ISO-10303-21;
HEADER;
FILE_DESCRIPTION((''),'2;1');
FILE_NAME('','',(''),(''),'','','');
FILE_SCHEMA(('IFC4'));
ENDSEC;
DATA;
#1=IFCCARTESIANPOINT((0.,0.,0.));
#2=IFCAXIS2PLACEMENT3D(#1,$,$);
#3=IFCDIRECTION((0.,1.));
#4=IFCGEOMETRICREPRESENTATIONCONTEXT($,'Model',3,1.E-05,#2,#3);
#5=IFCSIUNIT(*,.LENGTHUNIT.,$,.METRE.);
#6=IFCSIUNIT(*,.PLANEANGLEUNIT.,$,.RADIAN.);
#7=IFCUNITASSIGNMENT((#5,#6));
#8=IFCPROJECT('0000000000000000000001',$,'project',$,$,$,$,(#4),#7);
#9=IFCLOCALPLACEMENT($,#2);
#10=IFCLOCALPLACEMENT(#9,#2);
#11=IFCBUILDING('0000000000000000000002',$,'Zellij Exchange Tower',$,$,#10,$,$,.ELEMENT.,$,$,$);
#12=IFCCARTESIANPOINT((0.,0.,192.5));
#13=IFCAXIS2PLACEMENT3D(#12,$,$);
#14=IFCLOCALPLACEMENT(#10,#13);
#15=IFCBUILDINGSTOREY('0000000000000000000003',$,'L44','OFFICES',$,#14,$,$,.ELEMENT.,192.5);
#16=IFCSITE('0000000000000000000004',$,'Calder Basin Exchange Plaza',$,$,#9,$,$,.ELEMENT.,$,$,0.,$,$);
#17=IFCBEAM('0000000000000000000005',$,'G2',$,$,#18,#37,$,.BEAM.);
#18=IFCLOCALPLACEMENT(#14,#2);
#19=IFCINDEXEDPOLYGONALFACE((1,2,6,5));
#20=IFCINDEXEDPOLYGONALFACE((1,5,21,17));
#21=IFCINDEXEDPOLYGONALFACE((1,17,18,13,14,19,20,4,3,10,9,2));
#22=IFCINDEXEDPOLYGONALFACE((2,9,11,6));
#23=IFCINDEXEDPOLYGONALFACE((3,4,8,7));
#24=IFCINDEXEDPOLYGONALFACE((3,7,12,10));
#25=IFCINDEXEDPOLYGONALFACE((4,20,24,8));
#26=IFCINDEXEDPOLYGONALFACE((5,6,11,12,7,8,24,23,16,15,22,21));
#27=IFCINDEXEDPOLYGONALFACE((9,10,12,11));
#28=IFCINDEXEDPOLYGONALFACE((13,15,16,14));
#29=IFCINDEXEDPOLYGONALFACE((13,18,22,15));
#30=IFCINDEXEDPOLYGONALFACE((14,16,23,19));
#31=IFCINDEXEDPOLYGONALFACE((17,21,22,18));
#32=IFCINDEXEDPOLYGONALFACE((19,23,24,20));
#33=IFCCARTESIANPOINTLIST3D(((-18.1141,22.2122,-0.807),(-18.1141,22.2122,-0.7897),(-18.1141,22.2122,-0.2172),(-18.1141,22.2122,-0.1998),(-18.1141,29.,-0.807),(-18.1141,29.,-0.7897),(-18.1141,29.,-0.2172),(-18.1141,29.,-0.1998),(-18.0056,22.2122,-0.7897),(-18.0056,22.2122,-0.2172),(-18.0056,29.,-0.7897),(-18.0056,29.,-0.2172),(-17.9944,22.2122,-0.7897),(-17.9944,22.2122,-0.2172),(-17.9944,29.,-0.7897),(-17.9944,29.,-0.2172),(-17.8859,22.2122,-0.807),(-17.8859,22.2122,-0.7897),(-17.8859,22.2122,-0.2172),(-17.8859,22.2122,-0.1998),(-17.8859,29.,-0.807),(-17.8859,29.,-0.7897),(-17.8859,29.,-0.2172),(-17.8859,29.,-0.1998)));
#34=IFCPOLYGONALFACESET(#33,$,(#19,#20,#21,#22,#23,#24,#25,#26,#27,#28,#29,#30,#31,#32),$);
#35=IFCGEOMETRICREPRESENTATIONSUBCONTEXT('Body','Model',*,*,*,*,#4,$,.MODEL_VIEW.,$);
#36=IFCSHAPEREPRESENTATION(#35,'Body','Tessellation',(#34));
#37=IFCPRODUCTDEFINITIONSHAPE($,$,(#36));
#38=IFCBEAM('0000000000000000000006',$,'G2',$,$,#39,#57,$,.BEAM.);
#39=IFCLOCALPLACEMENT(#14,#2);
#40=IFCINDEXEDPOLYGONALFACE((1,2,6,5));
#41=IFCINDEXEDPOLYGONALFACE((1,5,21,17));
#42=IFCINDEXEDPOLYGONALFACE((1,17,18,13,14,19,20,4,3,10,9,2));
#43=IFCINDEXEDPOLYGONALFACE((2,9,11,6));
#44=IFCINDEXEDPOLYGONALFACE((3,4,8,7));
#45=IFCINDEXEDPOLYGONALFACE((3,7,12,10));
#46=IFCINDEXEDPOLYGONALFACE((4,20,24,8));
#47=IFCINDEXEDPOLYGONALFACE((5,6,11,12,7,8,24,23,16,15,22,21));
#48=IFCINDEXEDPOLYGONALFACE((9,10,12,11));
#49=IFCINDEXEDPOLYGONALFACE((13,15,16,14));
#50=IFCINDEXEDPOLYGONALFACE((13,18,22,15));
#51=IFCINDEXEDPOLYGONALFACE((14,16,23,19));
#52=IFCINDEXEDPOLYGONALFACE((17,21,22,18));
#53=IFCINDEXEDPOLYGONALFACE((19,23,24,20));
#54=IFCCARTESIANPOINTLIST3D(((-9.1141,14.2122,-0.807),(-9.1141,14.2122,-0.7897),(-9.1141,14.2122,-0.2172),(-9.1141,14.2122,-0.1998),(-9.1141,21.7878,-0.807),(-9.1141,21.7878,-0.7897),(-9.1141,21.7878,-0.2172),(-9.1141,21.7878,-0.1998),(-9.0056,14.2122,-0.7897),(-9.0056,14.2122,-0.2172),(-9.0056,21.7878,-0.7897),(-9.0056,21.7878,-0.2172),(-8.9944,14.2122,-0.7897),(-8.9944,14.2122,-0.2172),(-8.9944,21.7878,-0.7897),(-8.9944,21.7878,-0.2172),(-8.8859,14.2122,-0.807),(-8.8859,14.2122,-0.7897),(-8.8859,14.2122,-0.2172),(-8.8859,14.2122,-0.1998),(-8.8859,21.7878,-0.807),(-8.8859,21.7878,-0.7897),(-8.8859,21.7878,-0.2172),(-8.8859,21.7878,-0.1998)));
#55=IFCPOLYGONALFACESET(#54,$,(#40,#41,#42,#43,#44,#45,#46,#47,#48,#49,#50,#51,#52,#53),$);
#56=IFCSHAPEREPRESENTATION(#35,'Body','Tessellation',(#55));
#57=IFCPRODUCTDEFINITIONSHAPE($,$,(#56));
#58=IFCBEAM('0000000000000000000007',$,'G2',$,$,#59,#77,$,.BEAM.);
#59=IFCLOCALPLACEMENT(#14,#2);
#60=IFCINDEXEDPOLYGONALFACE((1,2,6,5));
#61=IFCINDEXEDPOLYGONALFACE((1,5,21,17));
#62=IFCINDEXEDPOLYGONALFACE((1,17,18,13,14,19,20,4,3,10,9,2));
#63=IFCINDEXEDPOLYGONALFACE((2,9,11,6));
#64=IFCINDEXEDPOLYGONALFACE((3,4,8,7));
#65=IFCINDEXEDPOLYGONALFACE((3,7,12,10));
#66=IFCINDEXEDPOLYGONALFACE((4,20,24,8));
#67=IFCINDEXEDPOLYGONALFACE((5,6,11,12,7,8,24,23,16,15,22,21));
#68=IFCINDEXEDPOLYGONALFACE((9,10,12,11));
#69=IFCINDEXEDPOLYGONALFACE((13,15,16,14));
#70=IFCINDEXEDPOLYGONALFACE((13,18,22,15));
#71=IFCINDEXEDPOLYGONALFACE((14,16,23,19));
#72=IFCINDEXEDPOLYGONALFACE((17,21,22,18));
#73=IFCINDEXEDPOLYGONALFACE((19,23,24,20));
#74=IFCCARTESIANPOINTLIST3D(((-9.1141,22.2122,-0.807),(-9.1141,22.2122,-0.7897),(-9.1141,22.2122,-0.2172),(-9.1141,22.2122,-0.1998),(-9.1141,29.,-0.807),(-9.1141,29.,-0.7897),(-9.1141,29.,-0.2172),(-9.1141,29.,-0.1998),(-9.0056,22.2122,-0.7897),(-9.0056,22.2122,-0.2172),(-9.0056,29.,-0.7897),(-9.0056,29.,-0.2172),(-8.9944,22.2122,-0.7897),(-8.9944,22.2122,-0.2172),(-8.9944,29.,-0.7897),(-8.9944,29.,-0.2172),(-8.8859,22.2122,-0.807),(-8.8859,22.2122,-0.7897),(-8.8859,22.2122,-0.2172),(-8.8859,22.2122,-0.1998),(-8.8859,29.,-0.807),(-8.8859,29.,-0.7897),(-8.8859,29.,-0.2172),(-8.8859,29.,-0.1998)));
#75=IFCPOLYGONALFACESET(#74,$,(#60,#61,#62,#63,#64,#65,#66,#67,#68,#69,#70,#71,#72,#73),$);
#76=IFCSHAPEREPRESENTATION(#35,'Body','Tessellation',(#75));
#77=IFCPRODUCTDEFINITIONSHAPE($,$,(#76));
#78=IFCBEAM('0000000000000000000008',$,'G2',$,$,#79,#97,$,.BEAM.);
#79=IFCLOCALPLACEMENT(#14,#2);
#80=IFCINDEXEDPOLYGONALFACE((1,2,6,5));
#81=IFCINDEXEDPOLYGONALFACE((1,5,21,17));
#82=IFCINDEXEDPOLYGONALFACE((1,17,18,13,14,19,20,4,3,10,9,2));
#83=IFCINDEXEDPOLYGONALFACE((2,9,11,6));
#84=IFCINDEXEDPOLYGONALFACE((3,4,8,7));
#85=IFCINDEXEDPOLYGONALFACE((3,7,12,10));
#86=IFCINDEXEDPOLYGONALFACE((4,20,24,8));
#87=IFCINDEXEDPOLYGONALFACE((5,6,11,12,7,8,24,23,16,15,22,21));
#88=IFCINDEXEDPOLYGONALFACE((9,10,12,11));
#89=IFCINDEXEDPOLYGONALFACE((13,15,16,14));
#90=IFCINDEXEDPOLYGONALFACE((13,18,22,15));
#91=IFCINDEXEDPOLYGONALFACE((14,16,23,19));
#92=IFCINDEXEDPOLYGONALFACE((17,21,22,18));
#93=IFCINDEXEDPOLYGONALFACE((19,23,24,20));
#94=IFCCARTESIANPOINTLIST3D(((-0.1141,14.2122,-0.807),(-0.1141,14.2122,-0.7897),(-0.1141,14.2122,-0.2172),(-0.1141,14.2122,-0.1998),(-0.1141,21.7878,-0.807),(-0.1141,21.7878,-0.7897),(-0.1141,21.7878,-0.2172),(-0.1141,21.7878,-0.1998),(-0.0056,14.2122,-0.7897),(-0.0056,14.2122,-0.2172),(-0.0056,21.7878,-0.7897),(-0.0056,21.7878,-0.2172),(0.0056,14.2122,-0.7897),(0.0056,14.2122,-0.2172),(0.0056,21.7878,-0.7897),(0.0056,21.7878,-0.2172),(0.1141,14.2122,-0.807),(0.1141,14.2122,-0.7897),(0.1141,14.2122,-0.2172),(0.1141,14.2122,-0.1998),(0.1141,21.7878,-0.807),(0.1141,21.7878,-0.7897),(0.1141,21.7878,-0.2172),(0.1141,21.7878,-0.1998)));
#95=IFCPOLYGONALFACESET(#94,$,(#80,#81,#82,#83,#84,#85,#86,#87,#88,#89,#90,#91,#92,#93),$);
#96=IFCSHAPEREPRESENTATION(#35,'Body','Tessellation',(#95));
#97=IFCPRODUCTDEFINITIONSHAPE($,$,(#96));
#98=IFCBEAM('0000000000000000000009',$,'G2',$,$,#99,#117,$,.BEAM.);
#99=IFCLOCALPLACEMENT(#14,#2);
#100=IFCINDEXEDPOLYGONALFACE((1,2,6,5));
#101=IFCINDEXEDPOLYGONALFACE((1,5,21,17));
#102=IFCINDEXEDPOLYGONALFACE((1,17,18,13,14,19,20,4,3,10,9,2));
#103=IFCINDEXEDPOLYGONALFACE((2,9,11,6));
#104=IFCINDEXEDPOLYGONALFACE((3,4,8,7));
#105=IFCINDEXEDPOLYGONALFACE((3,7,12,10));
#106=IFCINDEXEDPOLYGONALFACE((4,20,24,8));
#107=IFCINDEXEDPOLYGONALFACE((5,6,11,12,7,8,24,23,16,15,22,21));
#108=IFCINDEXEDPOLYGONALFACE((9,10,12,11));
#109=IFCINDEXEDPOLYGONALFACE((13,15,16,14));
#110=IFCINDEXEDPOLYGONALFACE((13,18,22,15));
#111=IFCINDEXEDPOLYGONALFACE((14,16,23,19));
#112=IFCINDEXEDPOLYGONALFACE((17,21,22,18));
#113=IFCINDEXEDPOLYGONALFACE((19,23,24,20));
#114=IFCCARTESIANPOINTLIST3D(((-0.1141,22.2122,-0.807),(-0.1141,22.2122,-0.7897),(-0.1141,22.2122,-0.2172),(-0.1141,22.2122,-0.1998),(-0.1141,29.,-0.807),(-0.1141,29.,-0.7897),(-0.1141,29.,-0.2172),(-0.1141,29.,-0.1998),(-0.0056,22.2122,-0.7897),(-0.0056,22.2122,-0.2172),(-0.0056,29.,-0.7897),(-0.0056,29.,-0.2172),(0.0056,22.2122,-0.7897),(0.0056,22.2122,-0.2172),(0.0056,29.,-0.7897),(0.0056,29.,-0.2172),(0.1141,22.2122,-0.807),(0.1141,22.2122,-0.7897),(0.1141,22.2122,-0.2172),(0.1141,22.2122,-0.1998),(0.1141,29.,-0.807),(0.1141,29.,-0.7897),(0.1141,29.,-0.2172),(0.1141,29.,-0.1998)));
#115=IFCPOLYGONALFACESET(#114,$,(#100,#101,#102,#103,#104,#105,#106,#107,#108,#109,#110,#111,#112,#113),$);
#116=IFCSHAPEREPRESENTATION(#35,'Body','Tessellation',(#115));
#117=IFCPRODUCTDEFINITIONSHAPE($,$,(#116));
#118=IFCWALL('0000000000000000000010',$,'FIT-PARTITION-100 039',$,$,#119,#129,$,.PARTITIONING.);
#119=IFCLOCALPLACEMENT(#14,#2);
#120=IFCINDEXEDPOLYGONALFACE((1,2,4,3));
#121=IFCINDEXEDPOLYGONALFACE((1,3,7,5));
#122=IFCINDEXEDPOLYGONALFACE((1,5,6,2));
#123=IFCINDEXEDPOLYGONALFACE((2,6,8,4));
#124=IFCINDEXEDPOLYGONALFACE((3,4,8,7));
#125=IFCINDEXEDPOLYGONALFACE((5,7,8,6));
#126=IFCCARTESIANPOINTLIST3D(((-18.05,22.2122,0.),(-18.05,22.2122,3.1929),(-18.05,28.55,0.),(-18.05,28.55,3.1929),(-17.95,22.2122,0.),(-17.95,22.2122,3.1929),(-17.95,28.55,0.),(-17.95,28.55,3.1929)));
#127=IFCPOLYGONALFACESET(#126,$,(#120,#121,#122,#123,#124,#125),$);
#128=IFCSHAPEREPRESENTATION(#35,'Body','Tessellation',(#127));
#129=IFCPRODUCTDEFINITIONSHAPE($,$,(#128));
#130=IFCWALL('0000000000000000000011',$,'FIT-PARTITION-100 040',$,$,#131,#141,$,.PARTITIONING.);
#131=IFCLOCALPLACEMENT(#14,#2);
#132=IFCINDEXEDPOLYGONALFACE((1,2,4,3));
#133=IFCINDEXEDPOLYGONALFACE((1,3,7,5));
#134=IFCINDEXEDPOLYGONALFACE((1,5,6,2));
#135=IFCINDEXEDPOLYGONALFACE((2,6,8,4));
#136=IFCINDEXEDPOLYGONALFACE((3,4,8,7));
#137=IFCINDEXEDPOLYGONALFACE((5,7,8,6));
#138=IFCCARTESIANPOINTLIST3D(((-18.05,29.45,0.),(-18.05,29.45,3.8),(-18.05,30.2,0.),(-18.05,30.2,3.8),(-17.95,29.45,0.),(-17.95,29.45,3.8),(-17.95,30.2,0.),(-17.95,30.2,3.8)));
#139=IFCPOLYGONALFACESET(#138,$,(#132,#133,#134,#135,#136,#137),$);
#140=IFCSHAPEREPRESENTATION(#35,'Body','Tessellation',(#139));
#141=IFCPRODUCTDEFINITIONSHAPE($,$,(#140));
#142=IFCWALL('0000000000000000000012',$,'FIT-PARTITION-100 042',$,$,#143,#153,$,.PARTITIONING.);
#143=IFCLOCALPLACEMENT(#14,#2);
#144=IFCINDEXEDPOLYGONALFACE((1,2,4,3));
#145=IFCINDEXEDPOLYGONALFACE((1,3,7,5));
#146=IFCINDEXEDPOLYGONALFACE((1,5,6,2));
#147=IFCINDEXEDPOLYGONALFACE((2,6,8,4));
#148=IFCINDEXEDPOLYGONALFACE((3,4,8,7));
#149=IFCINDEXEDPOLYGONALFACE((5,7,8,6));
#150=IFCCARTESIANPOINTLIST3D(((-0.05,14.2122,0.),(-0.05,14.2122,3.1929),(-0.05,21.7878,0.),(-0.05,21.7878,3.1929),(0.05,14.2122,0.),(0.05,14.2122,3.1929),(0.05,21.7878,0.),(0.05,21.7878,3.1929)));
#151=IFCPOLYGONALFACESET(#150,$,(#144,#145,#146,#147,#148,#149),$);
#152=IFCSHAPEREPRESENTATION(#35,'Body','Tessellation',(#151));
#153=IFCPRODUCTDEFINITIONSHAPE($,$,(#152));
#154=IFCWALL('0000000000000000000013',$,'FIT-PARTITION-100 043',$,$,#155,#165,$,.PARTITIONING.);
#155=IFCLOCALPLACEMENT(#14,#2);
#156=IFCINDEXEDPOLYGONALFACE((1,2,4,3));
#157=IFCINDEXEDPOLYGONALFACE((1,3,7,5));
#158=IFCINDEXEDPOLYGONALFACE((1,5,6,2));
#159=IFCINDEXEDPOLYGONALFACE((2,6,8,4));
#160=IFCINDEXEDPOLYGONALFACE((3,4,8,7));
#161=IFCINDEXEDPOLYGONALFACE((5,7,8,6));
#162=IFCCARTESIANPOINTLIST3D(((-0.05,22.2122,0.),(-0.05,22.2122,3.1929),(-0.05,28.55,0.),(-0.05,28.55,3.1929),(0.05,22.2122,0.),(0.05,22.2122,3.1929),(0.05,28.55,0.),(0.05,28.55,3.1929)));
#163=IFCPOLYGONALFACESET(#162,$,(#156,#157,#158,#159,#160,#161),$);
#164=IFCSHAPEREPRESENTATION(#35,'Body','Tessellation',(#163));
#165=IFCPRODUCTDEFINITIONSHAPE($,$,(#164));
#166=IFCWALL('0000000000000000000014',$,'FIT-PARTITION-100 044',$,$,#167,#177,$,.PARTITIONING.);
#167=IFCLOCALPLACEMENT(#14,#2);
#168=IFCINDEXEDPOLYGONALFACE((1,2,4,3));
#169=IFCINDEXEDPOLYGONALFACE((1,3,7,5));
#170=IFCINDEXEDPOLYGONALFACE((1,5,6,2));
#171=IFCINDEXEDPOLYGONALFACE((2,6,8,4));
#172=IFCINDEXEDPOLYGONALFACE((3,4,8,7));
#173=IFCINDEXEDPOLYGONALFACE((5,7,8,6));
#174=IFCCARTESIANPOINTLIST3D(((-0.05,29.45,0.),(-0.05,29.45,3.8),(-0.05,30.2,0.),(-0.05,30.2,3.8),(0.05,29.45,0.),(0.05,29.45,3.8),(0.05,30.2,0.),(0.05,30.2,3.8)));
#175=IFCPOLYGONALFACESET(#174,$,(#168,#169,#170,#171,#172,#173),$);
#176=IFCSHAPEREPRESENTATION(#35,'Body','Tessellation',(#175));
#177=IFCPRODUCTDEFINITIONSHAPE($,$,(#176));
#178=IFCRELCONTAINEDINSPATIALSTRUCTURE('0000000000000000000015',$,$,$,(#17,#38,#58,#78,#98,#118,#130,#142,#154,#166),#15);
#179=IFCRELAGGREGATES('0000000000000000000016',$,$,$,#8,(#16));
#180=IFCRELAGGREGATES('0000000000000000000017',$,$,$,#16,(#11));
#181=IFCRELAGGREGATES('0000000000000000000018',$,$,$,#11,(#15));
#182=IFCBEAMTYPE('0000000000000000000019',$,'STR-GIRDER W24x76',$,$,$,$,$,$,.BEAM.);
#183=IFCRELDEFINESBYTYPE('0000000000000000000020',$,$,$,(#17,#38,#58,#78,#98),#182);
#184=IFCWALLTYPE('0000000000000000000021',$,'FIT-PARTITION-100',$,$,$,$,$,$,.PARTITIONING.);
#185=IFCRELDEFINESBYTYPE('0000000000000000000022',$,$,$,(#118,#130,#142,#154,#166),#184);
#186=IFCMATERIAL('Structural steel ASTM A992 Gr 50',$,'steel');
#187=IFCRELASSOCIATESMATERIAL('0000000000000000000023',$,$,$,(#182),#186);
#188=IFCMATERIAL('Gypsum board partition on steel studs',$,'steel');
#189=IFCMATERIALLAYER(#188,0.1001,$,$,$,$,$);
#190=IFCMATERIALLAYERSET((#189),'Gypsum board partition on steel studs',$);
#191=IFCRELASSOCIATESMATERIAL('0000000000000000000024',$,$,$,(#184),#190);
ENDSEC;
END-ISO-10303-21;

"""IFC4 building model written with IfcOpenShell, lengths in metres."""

from ifc_helpers import new_model, si_unit, direction, frame, frame_2d, origin, origin_2d, place, context, subcontext, project, spatial, rectangle, i_section, extrude, material, layer, layer_set, material_profile, profile_set, type_object, element, save


model = new_model("IFC4")

# Units and contexts
model_context = context("Model", 3, precision=1e-05, world=origin(), true_north=direction((0.0, 1.0)))
body_context = subcontext(model_context, "Body", "Model", "MODEL_VIEW")
ifc_project = project(units=[si_unit("LENGTHUNIT", "METRE"), si_unit("PLANEANGLEUNIT", "RADIAN")], contexts=[model_context])

# Site, building, storey
site_placement = place(None, origin())
site = spatial("IfcSite", under=ifc_project, at=site_placement, Name="Calder Basin Exchange Plaza", CompositionType="ELEMENT", RefElevation=0.0)
building_placement = place(site_placement, origin())
building = spatial("IfcBuilding", under=site, at=building_placement, Name="Zellij Exchange Tower", CompositionType="ELEMENT")
storey_placement = place(building_placement, frame((0.0, 0.0, 192.5)))
storey = spatial("IfcBuildingStorey", under=building, at=storey_placement, Name="L44", Description="OFFICES", CompositionType="ELEMENT", Elevation=192.5)

# Beams
ifc_material_1 = material(Name="Structural steel ASTM A992 Gr 50", Category="steel")
ifc_material_profile_1 = material_profile(ifc_material_1, i_section(OverallWidth=0.2283, OverallDepth=0.6072, WebThickness=0.0112, FlangeThickness=0.0173, at=origin_2d()), Name="W24x76")
ifc_profile_set_1 = profile_set([ifc_material_profile_1], Name="Structural steel ASTM A992 Gr 50")
beam_type = type_object("IfcBeamType", Name="STR-GIRDER W24x76", PredefinedType="BEAM", material=ifc_profile_set_1)
beam_1_placement = place(storey_placement, frame((-18.0, 22.2122, -0.5034), z_axis=(0.0, 1.0, 0.0), x_axis=(-1.0, 0.0, 0.0)))
element("IfcBeam", 1, at=beam_1_placement, inside=storey, type_object=beam_type, Name="G2", PredefinedType="BEAM", context=body_context, shape_type="SweptSolid", body=[
    extrude(i_section(OverallWidth=0.2283, OverallDepth=0.6072, WebThickness=0.0112, FlangeThickness=0.0173, at=origin_2d()), origin(), (0.0, 0.0, 1.0), 6.7878),
])
beam_2_placement = place(storey_placement, frame((-9.0, 14.2122, -0.5034), z_axis=(0.0, 1.0, 0.0), x_axis=(-1.0, 0.0, 0.0)))
element("IfcBeam", 2, at=beam_2_placement, inside=storey, type_object=beam_type, Name="G2", PredefinedType="BEAM", context=body_context, shape_type="SweptSolid", body=[
    extrude(i_section(OverallWidth=0.2283, OverallDepth=0.6072, WebThickness=0.0112, FlangeThickness=0.0173, at=origin_2d()), origin(), (0.0, 0.0, 1.0), 7.5757),
])
beam_3_placement = place(storey_placement, frame((-9.0, 22.2122, -0.5034), z_axis=(0.0, 1.0, 0.0), x_axis=(-1.0, 0.0, 0.0)))
element("IfcBeam", 3, at=beam_3_placement, inside=storey, type_object=beam_type, Name="G2", PredefinedType="BEAM", context=body_context, shape_type="SweptSolid", body=[
    extrude(i_section(OverallWidth=0.2283, OverallDepth=0.6072, WebThickness=0.0112, FlangeThickness=0.0173, at=origin_2d()), origin(), (0.0, 0.0, 1.0), 6.7878),
])
beam_4_placement = place(storey_placement, frame((0.0, 14.2122, -0.5034), z_axis=(0.0, 1.0, 0.0), x_axis=(-1.0, 0.0, 0.0)))
element("IfcBeam", 4, at=beam_4_placement, inside=storey, type_object=beam_type, Name="G2", PredefinedType="BEAM", context=body_context, shape_type="SweptSolid", body=[
    extrude(i_section(OverallWidth=0.2283, OverallDepth=0.6072, WebThickness=0.0112, FlangeThickness=0.0173, at=origin_2d()), origin(), (0.0, 0.0, 1.0), 7.5757),
])
beam_5_placement = place(storey_placement, frame((0.0, 22.2122, -0.5034), z_axis=(0.0, 1.0, 0.0), x_axis=(-1.0, 0.0, 0.0)))
element("IfcBeam", 5, at=beam_5_placement, inside=storey, type_object=beam_type, Name="G2", PredefinedType="BEAM", context=body_context, shape_type="SweptSolid", body=[
    extrude(i_section(OverallWidth=0.2283, OverallDepth=0.6072, WebThickness=0.0112, FlangeThickness=0.0173, at=origin_2d()), origin(), (0.0, 0.0, 1.0), 6.7878),
])

# Walls
ifc_material_2 = material(Name="Gypsum board partition on steel studs", Category="steel")
ifc_layer = layer(ifc_material_2, 0.1001)
ifc_layer_set = layer_set([ifc_layer], Name="Gypsum board partition on steel studs")
wall_type = type_object("IfcWallType", Name="FIT-PARTITION-100", PredefinedType="PARTITIONING", material=ifc_layer_set)
wall_1_placement = place(storey_placement, frame((-18.0, 22.2122, 0.0), z_axis=(0.0, 0.0, 1.0), x_axis=(0.0, 1.0, 0.0)))
element("IfcWall", 6, at=wall_1_placement, inside=storey, type_object=wall_type, Name="FIT-PARTITION-100 039", PredefinedType="PARTITIONING", context=body_context, shape_type="SweptSolid", body=[
    extrude(rectangle(XDim=6.3379, YDim=0.1001, at=frame_2d((3.1689, 0.0))), origin(), (0.0, 0.0, 1.0), 3.1929),
])
wall_2_placement = place(storey_placement, frame((-18.0, 29.45, 0.0), z_axis=(0.0, 0.0, 1.0), x_axis=(0.0, 1.0, 0.0)))
element("IfcWall", 7, at=wall_2_placement, inside=storey, type_object=wall_type, Name="FIT-PARTITION-100 040", PredefinedType="PARTITIONING", context=body_context, shape_type="SweptSolid", body=[
    extrude(rectangle(XDim=0.75, YDim=0.1001, at=frame_2d((0.375, 0.0))), origin(), (0.0, 0.0, 1.0), 3.8),
])
wall_3_placement = place(storey_placement, frame((0.0, 14.2122, 0.0), z_axis=(0.0, 0.0, 1.0), x_axis=(0.0, 1.0, 0.0)))
element("IfcWall", 8, at=wall_3_placement, inside=storey, type_object=wall_type, Name="FIT-PARTITION-100 042", PredefinedType="PARTITIONING", context=body_context, shape_type="SweptSolid", body=[
    extrude(rectangle(XDim=7.5757, YDim=0.1001, at=frame_2d((3.7878, 0.0))), origin(), (0.0, 0.0, 1.0), 3.1929),
])
wall_4_placement = place(storey_placement, frame((0.0, 22.2122, 0.0), z_axis=(0.0, 0.0, 1.0), x_axis=(0.0, 1.0, 0.0)))
element("IfcWall", 9, at=wall_4_placement, inside=storey, type_object=wall_type, Name="FIT-PARTITION-100 043", PredefinedType="PARTITIONING", context=body_context, shape_type="SweptSolid", body=[
    extrude(rectangle(XDim=6.3379, YDim=0.1001, at=frame_2d((3.1689, 0.0))), origin(), (0.0, 0.0, 1.0), 3.1929),
])
wall_5_placement = place(storey_placement, frame((0.0, 29.45, 0.0), z_axis=(0.0, 0.0, 1.0), x_axis=(0.0, 1.0, 0.0)))
element("IfcWall", 10, at=wall_5_placement, inside=storey, type_object=wall_type, Name="FIT-PARTITION-100 044", PredefinedType="PARTITIONING", context=body_context, shape_type="SweptSolid", body=[
    extrude(rectangle(XDim=0.75, YDim=0.1001, at=frame_2d((0.375, 0.0))), origin(), (0.0, 0.0, 1.0), 3.8),
])

save(model, "model.ifc")
